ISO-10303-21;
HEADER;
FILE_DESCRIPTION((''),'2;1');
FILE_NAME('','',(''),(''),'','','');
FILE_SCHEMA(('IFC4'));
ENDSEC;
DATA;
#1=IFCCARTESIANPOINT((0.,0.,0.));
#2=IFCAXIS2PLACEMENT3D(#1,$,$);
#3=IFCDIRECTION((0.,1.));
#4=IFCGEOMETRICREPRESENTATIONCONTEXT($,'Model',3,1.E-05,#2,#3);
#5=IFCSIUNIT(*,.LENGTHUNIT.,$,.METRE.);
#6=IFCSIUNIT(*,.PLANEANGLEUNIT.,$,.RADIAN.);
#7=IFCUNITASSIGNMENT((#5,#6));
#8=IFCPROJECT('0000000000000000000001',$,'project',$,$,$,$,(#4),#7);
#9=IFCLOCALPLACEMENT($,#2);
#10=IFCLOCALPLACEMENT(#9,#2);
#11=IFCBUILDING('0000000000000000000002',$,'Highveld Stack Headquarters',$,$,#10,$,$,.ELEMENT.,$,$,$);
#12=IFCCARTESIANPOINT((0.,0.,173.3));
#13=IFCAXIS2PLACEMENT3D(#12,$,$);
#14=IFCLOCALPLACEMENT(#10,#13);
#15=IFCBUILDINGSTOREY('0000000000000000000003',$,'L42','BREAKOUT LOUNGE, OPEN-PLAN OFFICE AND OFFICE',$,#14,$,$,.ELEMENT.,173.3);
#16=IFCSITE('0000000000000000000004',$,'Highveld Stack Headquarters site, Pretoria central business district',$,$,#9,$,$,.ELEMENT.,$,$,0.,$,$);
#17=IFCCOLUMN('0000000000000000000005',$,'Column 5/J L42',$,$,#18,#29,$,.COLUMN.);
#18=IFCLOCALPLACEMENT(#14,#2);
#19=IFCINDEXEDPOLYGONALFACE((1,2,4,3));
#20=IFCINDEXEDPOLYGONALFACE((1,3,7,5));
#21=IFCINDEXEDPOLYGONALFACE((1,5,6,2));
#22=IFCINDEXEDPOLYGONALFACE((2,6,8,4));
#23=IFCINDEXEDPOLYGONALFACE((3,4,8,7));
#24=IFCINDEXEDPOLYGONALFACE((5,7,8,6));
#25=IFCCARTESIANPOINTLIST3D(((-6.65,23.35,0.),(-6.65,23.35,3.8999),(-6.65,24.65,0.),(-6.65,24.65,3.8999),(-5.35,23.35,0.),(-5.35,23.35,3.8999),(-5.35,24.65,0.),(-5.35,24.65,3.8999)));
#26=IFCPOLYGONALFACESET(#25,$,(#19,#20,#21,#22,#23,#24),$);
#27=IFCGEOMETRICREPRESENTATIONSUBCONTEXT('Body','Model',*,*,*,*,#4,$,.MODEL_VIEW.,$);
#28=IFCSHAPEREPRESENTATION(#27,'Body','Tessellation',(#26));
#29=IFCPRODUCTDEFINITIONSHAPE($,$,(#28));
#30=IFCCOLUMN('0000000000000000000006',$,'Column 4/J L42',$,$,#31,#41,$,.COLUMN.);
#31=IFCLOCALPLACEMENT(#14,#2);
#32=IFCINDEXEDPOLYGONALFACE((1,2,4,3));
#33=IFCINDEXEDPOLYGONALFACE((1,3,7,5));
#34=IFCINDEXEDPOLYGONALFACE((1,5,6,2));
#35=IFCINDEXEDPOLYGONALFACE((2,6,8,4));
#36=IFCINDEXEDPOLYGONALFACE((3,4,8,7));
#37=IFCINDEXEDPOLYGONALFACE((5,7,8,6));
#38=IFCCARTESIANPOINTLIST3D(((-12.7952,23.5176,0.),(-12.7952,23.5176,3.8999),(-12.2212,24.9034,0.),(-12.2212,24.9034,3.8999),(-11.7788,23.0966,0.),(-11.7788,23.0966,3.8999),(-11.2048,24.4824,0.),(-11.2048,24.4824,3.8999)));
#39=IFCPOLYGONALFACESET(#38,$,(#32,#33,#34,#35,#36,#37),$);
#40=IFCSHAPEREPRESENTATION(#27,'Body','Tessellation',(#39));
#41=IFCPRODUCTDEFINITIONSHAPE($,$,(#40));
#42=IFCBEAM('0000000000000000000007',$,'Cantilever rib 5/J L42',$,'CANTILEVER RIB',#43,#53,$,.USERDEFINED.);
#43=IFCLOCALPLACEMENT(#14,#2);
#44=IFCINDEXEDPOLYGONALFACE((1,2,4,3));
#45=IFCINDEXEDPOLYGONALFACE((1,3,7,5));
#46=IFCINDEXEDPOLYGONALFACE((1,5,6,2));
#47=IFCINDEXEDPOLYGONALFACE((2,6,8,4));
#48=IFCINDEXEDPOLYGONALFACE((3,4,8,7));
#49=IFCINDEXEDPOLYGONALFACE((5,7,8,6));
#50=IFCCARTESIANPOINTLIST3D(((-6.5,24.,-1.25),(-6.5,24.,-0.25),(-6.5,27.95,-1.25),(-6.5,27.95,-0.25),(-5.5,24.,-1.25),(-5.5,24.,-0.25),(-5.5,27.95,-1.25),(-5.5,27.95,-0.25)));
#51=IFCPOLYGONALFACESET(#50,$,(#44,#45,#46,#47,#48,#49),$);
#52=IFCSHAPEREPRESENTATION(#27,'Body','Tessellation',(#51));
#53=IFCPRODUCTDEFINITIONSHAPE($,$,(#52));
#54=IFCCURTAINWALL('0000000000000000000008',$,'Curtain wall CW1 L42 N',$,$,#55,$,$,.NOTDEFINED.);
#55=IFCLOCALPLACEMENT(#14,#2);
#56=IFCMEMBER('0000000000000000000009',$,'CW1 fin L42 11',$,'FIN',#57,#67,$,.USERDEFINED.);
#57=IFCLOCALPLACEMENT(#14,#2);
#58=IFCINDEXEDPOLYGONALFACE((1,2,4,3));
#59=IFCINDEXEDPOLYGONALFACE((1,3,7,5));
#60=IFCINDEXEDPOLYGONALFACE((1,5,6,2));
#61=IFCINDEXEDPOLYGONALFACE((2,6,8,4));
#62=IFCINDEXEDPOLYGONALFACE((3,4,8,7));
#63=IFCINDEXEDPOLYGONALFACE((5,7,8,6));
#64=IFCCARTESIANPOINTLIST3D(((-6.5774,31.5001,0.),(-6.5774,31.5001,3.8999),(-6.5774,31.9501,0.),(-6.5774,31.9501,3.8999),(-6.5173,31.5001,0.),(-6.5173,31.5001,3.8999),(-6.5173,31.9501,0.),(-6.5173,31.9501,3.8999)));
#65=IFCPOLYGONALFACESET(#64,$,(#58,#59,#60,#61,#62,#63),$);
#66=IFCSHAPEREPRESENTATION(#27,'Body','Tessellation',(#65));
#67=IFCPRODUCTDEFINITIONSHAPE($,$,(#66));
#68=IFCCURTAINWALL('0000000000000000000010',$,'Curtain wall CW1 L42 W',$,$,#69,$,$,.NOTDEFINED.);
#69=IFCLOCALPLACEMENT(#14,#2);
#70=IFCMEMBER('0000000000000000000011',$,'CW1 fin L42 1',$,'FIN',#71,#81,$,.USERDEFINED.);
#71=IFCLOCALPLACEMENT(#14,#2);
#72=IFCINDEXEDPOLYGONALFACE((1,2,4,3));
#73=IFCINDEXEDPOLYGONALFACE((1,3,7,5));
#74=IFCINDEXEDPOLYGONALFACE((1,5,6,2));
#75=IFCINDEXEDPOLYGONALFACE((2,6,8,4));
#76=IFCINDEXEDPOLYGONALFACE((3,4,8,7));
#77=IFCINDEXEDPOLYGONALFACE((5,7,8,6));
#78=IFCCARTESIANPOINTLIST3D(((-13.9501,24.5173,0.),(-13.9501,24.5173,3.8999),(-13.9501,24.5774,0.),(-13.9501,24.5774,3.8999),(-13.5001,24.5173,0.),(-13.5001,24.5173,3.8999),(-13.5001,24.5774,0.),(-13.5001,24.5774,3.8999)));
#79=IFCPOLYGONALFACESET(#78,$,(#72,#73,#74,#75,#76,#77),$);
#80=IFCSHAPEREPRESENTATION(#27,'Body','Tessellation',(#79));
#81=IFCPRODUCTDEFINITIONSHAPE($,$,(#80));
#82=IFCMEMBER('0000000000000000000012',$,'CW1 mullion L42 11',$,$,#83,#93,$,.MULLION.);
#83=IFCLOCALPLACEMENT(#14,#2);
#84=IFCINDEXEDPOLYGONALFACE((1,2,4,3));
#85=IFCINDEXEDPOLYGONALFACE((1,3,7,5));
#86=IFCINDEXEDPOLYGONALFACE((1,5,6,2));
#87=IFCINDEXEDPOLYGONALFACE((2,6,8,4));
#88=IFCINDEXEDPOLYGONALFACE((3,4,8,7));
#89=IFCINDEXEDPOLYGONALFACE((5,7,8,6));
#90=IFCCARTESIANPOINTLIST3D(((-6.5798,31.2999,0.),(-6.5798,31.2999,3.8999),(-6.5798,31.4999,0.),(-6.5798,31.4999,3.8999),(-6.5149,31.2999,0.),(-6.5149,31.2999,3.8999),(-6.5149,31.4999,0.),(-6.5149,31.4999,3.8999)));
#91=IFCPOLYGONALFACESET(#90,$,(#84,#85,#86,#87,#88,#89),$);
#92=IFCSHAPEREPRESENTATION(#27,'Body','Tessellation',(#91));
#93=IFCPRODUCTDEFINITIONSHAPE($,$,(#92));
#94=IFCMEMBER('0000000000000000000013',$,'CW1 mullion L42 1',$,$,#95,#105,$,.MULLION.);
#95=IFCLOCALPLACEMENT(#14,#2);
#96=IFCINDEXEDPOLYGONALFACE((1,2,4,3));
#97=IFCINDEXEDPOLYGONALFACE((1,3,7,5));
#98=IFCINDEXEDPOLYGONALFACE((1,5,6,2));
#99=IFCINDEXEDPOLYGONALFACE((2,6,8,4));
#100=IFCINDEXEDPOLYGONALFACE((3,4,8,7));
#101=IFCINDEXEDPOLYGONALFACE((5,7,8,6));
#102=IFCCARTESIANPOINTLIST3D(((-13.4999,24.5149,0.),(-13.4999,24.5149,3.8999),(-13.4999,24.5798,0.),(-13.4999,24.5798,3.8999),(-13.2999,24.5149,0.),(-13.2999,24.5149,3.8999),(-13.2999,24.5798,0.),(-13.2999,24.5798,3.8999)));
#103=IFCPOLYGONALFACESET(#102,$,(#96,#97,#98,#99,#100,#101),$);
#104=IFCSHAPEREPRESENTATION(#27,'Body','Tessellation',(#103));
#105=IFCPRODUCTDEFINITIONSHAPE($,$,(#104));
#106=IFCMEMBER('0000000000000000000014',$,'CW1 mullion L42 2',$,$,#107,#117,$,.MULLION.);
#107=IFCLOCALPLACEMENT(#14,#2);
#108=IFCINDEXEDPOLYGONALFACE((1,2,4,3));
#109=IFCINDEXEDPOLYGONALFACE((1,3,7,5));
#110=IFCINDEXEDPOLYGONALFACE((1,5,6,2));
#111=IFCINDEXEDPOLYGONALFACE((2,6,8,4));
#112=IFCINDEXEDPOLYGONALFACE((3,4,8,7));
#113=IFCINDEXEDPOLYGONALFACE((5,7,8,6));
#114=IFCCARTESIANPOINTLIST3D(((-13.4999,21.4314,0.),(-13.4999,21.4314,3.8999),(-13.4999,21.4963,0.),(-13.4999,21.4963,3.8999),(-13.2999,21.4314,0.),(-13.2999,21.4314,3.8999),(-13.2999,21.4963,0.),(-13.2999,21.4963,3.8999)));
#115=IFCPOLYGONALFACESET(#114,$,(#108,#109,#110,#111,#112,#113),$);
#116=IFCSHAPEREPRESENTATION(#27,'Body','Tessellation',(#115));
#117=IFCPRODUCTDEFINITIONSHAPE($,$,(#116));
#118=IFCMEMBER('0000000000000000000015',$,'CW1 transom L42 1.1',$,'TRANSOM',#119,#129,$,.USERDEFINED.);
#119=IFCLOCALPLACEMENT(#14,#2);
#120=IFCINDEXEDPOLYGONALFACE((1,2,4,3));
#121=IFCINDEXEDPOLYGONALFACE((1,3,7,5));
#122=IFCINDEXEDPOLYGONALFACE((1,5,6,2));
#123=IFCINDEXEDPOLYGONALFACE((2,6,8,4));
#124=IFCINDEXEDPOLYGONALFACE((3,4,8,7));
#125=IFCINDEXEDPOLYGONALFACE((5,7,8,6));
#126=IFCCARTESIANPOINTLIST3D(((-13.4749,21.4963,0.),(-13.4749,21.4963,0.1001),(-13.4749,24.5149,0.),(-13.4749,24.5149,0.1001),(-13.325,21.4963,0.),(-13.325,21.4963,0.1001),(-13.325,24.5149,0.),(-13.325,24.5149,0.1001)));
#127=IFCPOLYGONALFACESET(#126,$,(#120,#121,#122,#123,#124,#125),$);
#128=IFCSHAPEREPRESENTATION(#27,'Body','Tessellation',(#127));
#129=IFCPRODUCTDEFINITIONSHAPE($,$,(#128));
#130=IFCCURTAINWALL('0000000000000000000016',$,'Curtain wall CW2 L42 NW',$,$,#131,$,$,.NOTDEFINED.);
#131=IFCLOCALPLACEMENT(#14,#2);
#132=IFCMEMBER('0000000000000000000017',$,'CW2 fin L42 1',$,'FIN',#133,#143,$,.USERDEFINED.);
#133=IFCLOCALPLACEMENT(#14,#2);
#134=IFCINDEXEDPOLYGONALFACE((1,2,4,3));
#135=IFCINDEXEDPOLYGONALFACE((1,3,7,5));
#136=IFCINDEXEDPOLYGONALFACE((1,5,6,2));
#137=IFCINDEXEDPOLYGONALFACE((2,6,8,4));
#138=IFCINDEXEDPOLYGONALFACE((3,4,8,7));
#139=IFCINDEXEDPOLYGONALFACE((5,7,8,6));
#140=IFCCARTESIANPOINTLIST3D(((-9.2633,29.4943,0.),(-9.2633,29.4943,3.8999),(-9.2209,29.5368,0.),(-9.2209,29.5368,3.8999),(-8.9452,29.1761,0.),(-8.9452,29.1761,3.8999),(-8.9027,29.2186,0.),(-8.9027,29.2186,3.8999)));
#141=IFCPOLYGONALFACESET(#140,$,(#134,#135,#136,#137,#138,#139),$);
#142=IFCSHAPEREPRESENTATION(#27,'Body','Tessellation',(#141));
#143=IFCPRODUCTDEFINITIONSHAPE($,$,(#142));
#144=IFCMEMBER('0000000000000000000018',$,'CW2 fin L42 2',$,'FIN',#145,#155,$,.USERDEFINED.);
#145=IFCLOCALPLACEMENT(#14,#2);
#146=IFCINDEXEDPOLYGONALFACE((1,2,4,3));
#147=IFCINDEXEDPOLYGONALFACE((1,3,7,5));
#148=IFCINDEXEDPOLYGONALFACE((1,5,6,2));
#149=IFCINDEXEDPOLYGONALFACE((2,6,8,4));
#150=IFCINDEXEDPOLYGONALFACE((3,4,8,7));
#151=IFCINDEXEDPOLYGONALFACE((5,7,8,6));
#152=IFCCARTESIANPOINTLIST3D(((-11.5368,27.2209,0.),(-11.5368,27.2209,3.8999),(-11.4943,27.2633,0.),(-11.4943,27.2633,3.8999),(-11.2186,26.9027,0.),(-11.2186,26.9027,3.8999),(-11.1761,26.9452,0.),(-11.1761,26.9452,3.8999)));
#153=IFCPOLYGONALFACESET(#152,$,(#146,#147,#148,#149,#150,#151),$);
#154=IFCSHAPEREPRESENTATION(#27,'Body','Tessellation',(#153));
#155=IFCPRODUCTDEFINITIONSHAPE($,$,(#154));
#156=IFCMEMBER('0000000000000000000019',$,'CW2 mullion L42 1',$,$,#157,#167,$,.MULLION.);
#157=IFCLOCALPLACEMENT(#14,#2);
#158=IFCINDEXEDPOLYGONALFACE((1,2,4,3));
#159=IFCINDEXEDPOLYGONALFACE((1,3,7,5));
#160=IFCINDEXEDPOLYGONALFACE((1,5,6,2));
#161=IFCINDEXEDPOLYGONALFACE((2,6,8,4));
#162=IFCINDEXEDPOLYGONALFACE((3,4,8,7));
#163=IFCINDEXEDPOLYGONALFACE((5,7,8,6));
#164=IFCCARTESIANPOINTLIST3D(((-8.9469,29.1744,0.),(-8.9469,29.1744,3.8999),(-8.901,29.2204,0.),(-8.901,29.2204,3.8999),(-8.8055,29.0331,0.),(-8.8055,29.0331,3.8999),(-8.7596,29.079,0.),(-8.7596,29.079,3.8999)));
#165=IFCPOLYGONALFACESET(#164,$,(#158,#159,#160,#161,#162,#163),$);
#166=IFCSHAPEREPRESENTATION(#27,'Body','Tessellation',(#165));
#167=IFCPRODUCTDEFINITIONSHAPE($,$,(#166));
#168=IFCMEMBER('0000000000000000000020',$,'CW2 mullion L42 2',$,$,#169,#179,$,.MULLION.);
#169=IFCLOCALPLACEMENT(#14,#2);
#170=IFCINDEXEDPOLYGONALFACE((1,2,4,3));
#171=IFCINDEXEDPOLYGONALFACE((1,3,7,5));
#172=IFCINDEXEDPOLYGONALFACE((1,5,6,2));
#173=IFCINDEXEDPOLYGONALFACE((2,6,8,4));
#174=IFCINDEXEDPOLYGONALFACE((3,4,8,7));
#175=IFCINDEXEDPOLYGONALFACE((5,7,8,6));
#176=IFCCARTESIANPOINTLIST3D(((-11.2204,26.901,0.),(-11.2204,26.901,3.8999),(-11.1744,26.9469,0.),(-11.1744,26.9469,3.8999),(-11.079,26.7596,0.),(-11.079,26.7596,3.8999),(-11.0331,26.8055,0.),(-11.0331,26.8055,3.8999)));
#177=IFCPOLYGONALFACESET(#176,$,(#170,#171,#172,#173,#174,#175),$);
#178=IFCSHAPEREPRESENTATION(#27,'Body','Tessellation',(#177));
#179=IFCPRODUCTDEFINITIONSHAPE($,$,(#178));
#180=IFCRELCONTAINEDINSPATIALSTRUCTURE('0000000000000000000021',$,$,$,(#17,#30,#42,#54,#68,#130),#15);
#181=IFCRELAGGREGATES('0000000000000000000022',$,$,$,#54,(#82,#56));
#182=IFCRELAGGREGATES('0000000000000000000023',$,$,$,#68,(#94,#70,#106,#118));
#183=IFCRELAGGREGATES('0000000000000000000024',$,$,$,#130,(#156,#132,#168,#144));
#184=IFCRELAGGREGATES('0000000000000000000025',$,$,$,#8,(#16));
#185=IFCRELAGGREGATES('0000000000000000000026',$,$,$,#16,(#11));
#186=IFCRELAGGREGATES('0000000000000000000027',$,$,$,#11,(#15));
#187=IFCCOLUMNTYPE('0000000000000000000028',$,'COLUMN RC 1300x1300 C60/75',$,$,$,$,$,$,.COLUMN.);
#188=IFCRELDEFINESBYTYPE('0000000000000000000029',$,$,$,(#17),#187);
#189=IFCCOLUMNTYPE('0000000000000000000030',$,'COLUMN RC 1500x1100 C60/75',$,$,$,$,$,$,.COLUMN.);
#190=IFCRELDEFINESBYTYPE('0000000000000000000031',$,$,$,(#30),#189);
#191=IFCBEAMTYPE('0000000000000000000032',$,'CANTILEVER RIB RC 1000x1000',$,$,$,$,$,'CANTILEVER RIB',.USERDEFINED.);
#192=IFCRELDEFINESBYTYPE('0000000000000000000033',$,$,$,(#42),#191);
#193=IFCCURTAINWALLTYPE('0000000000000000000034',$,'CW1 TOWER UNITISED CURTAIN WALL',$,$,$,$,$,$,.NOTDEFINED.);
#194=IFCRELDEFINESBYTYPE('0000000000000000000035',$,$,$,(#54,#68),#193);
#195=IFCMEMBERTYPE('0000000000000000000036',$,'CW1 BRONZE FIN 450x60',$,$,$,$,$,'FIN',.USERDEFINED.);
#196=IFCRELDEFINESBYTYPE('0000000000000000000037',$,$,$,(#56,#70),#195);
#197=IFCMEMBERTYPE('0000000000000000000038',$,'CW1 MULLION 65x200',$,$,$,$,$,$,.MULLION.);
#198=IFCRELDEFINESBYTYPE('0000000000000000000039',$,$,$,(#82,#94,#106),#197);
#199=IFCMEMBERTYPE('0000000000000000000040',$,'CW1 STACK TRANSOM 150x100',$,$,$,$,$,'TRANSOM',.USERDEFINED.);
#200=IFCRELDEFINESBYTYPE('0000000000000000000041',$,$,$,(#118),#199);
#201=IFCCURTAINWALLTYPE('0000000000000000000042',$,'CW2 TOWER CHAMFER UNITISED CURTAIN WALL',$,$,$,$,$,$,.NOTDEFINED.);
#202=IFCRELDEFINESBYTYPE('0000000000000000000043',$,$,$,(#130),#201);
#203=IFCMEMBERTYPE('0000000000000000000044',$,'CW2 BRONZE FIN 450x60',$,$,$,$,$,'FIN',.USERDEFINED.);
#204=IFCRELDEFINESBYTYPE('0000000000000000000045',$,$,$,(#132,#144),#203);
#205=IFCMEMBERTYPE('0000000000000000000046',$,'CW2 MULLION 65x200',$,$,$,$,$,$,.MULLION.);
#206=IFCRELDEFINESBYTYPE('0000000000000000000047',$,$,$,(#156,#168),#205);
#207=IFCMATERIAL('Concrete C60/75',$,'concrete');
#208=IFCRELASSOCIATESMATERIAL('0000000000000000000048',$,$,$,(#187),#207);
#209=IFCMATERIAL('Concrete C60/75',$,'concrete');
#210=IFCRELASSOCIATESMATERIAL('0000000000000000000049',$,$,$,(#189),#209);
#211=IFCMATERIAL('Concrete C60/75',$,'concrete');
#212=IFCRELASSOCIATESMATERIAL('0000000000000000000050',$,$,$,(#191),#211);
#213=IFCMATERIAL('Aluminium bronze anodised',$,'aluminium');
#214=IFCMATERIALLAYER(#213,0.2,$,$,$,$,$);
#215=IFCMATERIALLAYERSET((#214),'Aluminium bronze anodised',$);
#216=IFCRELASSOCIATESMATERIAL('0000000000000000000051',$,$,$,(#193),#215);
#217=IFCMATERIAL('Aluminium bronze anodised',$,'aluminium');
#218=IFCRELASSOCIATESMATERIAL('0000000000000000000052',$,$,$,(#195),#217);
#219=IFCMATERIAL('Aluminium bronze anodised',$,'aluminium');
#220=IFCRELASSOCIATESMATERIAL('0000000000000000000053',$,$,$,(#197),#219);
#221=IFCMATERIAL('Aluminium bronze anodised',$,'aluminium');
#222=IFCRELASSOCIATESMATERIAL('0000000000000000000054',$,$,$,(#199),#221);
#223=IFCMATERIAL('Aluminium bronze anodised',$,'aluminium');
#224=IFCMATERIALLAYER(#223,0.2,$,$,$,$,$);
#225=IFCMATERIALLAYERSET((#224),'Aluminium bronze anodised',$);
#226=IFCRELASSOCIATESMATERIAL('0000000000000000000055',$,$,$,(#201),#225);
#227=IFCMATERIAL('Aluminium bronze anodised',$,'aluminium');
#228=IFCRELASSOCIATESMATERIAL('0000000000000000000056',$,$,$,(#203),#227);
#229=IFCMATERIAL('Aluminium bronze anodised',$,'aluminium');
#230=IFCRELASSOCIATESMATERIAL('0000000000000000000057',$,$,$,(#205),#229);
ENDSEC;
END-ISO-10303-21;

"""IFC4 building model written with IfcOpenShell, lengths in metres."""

from ifc_helpers import new_model, si_unit, direction, frame, origin, origin_2d, place, context, subcontext, project, spatial, rectangle, extrude, material, layer, layer_set, material_profile, profile_set, type_object, element, aggregate, save


model = new_model("IFC4")

# Units and contexts
model_context = context("Model", 3, precision=1e-05, world=origin(), true_north=direction((0.0, 1.0)))
body_context = subcontext(model_context, "Body", "Model", "MODEL_VIEW")
ifc_project = project(units=[si_unit("LENGTHUNIT", "METRE"), si_unit("PLANEANGLEUNIT", "RADIAN")], contexts=[model_context])

# Site, building, storey
site_placement = place(None, origin())
site = spatial("IfcSite", under=ifc_project, at=site_placement, Name="Highveld Stack Headquarters site, Pretoria central business district", CompositionType="ELEMENT", RefElevation=0.0)
building_placement = place(site_placement, origin())
building = spatial("IfcBuilding", under=site, at=building_placement, Name="Highveld Stack Headquarters", CompositionType="ELEMENT")
storey_placement = place(building_placement, frame((0.0, 0.0, 173.3)))
storey = spatial("IfcBuildingStorey", under=building, at=storey_placement, Name="L42", Description="BREAKOUT LOUNGE, OPEN-PLAN OFFICE AND OFFICE", CompositionType="ELEMENT", Elevation=173.3)

# Columns
ifc_material_1 = material(Name="Concrete C60/75", Category="concrete")
ifc_material_profile_1 = material_profile(ifc_material_1, rectangle(XDim=1.3, YDim=1.3, at=origin_2d()), Name="RC 1300x1300")
ifc_profile_set_1 = profile_set([ifc_material_profile_1], Name="Concrete C60/75")
column_type_1 = type_object("IfcColumnType", Name="COLUMN RC 1300x1300 C60/75", PredefinedType="COLUMN", material=ifc_profile_set_1)
column_1_placement = place(storey_placement, frame((-6.0, 24.0, 0.0), z_axis=(0.0, 0.0, 1.0), x_axis=(1.0, 0.0, 0.0)))
element("IfcColumn", 1, at=column_1_placement, inside=storey, type_object=column_type_1, Name="Column 5/J L42", PredefinedType="COLUMN", context=body_context, shape_type="SweptSolid", body=[
    extrude(rectangle(XDim=1.3, YDim=1.3, at=origin_2d()), origin(), (0.0, 0.0, 1.0), 3.8999),
])
ifc_material_2 = material(Name="Concrete C60/75", Category="concrete")
ifc_material_profile_2 = material_profile(ifc_material_2, rectangle(XDim=1.5, YDim=1.1001, at=origin_2d()), Name="RC 1500x1100")
ifc_profile_set_2 = profile_set([ifc_material_profile_2], Name="Concrete C60/75")
column_type_2 = type_object("IfcColumnType", Name="COLUMN RC 1500x1100 C60/75", PredefinedType="COLUMN", material=ifc_profile_set_2)
column_2_placement = place(storey_placement, frame((-12.0, 24.0, 0.0), z_axis=(0.0, 0.0, 1.0), x_axis=(0.382683, 0.92388, 0.0)))
element("IfcColumn", 2, at=column_2_placement, inside=storey, type_object=column_type_2, Name="Column 4/J L42", PredefinedType="COLUMN", context=body_context, shape_type="SweptSolid", body=[
    extrude(rectangle(XDim=1.5, YDim=1.1001, at=origin_2d()), origin(), (0.0, 0.0, 1.0), 3.8999),
])

# Beam
ifc_material_3 = material(Name="Concrete C60/75", Category="concrete")
ifc_material_profile_3 = material_profile(ifc_material_3, rectangle(XDim=1.0, YDim=1.0, at=origin_2d()), Name="RC 1000x1000")
ifc_profile_set_3 = profile_set([ifc_material_profile_3], Name="Concrete C60/75")
beam_type_1 = type_object("IfcBeamType", Name="CANTILEVER RIB RC 1000x1000", ElementType="CANTILEVER RIB", PredefinedType="USERDEFINED", material=ifc_profile_set_3)
beam_1_placement = place(storey_placement, frame((-6.0, 24.0, -0.75), z_axis=(0.0, 1.0, 0.0), x_axis=(-1.0, 0.0, 0.0)))
element("IfcBeam", 3, at=beam_1_placement, inside=storey, type_object=beam_type_1, Name="Cantilever rib 5/J L42", ObjectType="CANTILEVER RIB", PredefinedType="USERDEFINED", context=body_context, shape_type="SweptSolid", body=[
    extrude(rectangle(XDim=1.0, YDim=1.0, at=origin_2d()), origin(), (0.0, 0.0, 1.0), 3.95),
])

# Curtain walls, members
ifc_material_4 = material(Name="Aluminium bronze anodised", Category="aluminium")
ifc_layer_1 = layer(ifc_material_4, 0.2)
ifc_layer_set_1 = layer_set([ifc_layer_1], Name="Aluminium bronze anodised")
curtain_wall_type_1 = type_object("IfcCurtainWallType", Name="CW1 TOWER UNITISED CURTAIN WALL", PredefinedType="NOTDEFINED", material=ifc_layer_set_1)
curtain_wall_1_placement = place(storey_placement, origin())
curtain_wall_1 = element("IfcCurtainWall", 4, at=curtain_wall_1_placement, inside=storey, type_object=curtain_wall_type_1, Name="Curtain wall CW1 L42 N", PredefinedType="NOTDEFINED")
ifc_material_5 = material(Name="Aluminium bronze anodised", Category="aluminium")
ifc_material_profile_4 = material_profile(ifc_material_5, rectangle(XDim=0.45, YDim=0.0601, at=origin_2d()), Name="FIN 450x60")
ifc_profile_set_4 = profile_set([ifc_material_profile_4], Name="Aluminium bronze anodised")
member_type_1 = type_object("IfcMemberType", Name="CW1 BRONZE FIN 450x60", ElementType="FIN", PredefinedType="USERDEFINED", material=ifc_profile_set_4)
member_1_placement = place(storey_placement, frame((-6.5474, 31.7251, 0.0), z_axis=(0.0, 0.0, 1.0), x_axis=(0.0, -1.0, 0.0)))
member_1 = element("IfcMember", 5, at=member_1_placement, type_object=member_type_1, Name="CW1 fin L42 11", ObjectType="FIN", PredefinedType="USERDEFINED", context=body_context, shape_type="SweptSolid", body=[
    extrude(rectangle(XDim=0.45, YDim=0.0601, at=origin_2d()), origin(), (0.0, 0.0, 1.0), 3.8999),
])
curtain_wall_2_placement = place(storey_placement, origin())
curtain_wall_2 = element("IfcCurtainWall", 6, at=curtain_wall_2_placement, inside=storey, type_object=curtain_wall_type_1, Name="Curtain wall CW1 L42 W", PredefinedType="NOTDEFINED")
member_2_placement = place(storey_placement, frame((-13.7251, 24.5474, 0.0), z_axis=(0.0, 0.0, 1.0), x_axis=(1.0, 0.0, 0.0)))
member_2 = element("IfcMember", 7, at=member_2_placement, type_object=member_type_1, Name="CW1 fin L42 1", ObjectType="FIN", PredefinedType="USERDEFINED", context=body_context, shape_type="SweptSolid", body=[
    extrude(rectangle(XDim=0.45, YDim=0.0601, at=origin_2d()), origin(), (0.0, 0.0, 1.0), 3.8999),
])

# Members
ifc_material_6 = material(Name="Aluminium bronze anodised", Category="aluminium")
ifc_material_profile_5 = material_profile(ifc_material_6, rectangle(XDim=0.2, YDim=0.0649, at=origin_2d()), Name="CW1 MULLION 65x200")
ifc_profile_set_5 = profile_set([ifc_material_profile_5], Name="Aluminium bronze anodised")
member_type_2 = type_object("IfcMemberType", Name="CW1 MULLION 65x200", PredefinedType="MULLION", material=ifc_profile_set_5)
member_3_placement = place(storey_placement, frame((-6.5474, 31.3999, 0.0), z_axis=(0.0, 0.0, 1.0), x_axis=(0.0, -1.0, 0.0)))
member_3 = element("IfcMember", 8, at=member_3_placement, type_object=member_type_2, Name="CW1 mullion L42 11", PredefinedType="MULLION", context=body_context, shape_type="SweptSolid", body=[
    extrude(rectangle(XDim=0.2, YDim=0.0649, at=origin_2d()), origin(), (0.0, 0.0, 1.0), 3.8999),
])
aggregate(curtain_wall_1, [member_3, member_1])
member_4_placement = place(storey_placement, frame((-13.3999, 24.5474, 0.0), z_axis=(0.0, 0.0, 1.0), x_axis=(1.0, 0.0, 0.0)))
member_4 = element("IfcMember", 9, at=member_4_placement, type_object=member_type_2, Name="CW1 mullion L42 1", PredefinedType="MULLION", context=body_context, shape_type="SweptSolid", body=[
    extrude(rectangle(XDim=0.2, YDim=0.0649, at=origin_2d()), origin(), (0.0, 0.0, 1.0), 3.8999),
])
member_5_placement = place(storey_placement, frame((-13.3999, 21.4639, 0.0), z_axis=(0.0, 0.0, 1.0), x_axis=(1.0, 0.0, 0.0)))
member_5 = element("IfcMember", 10, at=member_5_placement, type_object=member_type_2, Name="CW1 mullion L42 2", PredefinedType="MULLION", context=body_context, shape_type="SweptSolid", body=[
    extrude(rectangle(XDim=0.2, YDim=0.0649, at=origin_2d()), origin(), (0.0, 0.0, 1.0), 3.8999),
])
ifc_material_7 = material(Name="Aluminium bronze anodised", Category="aluminium")
ifc_material_profile_6 = material_profile(ifc_material_7, rectangle(XDim=0.1499, YDim=0.1001, at=origin_2d()), Name="CW1 TRANSOM 150x100")
ifc_profile_set_6 = profile_set([ifc_material_profile_6], Name="Aluminium bronze anodised")
member_type_3 = type_object("IfcMemberType", Name="CW1 STACK TRANSOM 150x100", ElementType="TRANSOM", PredefinedType="USERDEFINED", material=ifc_profile_set_6)
member_6_placement = place(storey_placement, frame((-13.3999, 24.5149, 0.05), z_axis=(0.0, -1.0, 0.0), x_axis=(1.0, 0.0, 0.0)))
member_6 = element("IfcMember", 11, at=member_6_placement, type_object=member_type_3, Name="CW1 transom L42 1.1", ObjectType="TRANSOM", PredefinedType="USERDEFINED", context=body_context, shape_type="SweptSolid", body=[
    extrude(rectangle(XDim=0.1499, YDim=0.1001, at=origin_2d()), origin(), (0.0, 0.0, 1.0), 3.0186),
])

# Curtain wall, members
ifc_material_8 = material(Name="Aluminium bronze anodised", Category="aluminium")
ifc_layer_2 = layer(ifc_material_8, 0.2)
ifc_layer_set_2 = layer_set([ifc_layer_2], Name="Aluminium bronze anodised")
curtain_wall_type_2 = type_object("IfcCurtainWallType", Name="CW2 TOWER CHAMFER UNITISED CURTAIN WALL", PredefinedType="NOTDEFINED", material=ifc_layer_set_2)
curtain_wall_3_placement = place(storey_placement, origin())
curtain_wall_3 = element("IfcCurtainWall", 12, at=curtain_wall_3_placement, inside=storey, type_object=curtain_wall_type_2, Name="Curtain wall CW2 L42 NW", PredefinedType="NOTDEFINED")
ifc_material_9 = material(Name="Aluminium bronze anodised", Category="aluminium")
ifc_material_profile_7 = material_profile(ifc_material_9, rectangle(XDim=0.45, YDim=0.0601, at=origin_2d()), Name="FIN 450x60")
ifc_profile_set_7 = profile_set([ifc_material_profile_7], Name="Aluminium bronze anodised")
member_type_4 = type_object("IfcMemberType", Name="CW2 BRONZE FIN 450x60", ElementType="FIN", PredefinedType="USERDEFINED", material=ifc_profile_set_7)
member_7_placement = place(storey_placement, frame((-9.083, 29.3564, 0.0), z_axis=(0.0, 0.0, 1.0), x_axis=(0.707107, -0.707107, 0.0)))
member_7 = element("IfcMember", 13, at=member_7_placement, type_object=member_type_4, Name="CW2 fin L42 1", ObjectType="FIN", PredefinedType="USERDEFINED", context=body_context, shape_type="SweptSolid", body=[
    extrude(rectangle(XDim=0.45, YDim=0.0601, at=origin_2d()), origin(), (0.0, 0.0, 1.0), 3.8999),
])
member_8_placement = place(storey_placement, frame((-11.3564, 27.083, 0.0), z_axis=(0.0, 0.0, 1.0), x_axis=(0.707107, -0.707107, 0.0)))
member_8 = element("IfcMember", 14, at=member_8_placement, type_object=member_type_4, Name="CW2 fin L42 2", ObjectType="FIN", PredefinedType="USERDEFINED", context=body_context, shape_type="SweptSolid", body=[
    extrude(rectangle(XDim=0.45, YDim=0.0601, at=origin_2d()), origin(), (0.0, 0.0, 1.0), 3.8999),
])
ifc_material_10 = material(Name="Aluminium bronze anodised", Category="aluminium")
ifc_material_profile_8 = material_profile(ifc_material_10, rectangle(XDim=0.2, YDim=0.0649, at=origin_2d()), Name="CW2 MULLION 65x200")
ifc_profile_set_8 = profile_set([ifc_material_profile_8], Name="Aluminium bronze anodised")
member_type_5 = type_object("IfcMemberType", Name="CW2 MULLION 65x200", PredefinedType="MULLION", material=ifc_profile_set_8)
member_9_placement = place(storey_placement, frame((-8.8533, 29.1267, 0.0), z_axis=(0.0, 0.0, 1.0), x_axis=(0.707107, -0.707107, 0.0)))
member_9 = element("IfcMember", 15, at=member_9_placement, type_object=member_type_5, Name="CW2 mullion L42 1", PredefinedType="MULLION", context=body_context, shape_type="SweptSolid", body=[
    extrude(rectangle(XDim=0.2, YDim=0.0649, at=origin_2d()), origin(), (0.0, 0.0, 1.0), 3.8999),
])
member_10_placement = place(storey_placement, frame((-11.1267, 26.8533, 0.0), z_axis=(0.0, 0.0, 1.0), x_axis=(0.707107, -0.707107, 0.0)))
member_10 = element("IfcMember", 16, at=member_10_placement, type_object=member_type_5, Name="CW2 mullion L42 2", PredefinedType="MULLION", context=body_context, shape_type="SweptSolid", body=[
    extrude(rectangle(XDim=0.2, YDim=0.0649, at=origin_2d()), origin(), (0.0, 0.0, 1.0), 3.8999),
])

aggregate(curtain_wall_2, [member_4, member_2, member_5, member_6])
aggregate(curtain_wall_3, [member_9, member_7, member_10, member_8])

save(model, "model.ifc")
